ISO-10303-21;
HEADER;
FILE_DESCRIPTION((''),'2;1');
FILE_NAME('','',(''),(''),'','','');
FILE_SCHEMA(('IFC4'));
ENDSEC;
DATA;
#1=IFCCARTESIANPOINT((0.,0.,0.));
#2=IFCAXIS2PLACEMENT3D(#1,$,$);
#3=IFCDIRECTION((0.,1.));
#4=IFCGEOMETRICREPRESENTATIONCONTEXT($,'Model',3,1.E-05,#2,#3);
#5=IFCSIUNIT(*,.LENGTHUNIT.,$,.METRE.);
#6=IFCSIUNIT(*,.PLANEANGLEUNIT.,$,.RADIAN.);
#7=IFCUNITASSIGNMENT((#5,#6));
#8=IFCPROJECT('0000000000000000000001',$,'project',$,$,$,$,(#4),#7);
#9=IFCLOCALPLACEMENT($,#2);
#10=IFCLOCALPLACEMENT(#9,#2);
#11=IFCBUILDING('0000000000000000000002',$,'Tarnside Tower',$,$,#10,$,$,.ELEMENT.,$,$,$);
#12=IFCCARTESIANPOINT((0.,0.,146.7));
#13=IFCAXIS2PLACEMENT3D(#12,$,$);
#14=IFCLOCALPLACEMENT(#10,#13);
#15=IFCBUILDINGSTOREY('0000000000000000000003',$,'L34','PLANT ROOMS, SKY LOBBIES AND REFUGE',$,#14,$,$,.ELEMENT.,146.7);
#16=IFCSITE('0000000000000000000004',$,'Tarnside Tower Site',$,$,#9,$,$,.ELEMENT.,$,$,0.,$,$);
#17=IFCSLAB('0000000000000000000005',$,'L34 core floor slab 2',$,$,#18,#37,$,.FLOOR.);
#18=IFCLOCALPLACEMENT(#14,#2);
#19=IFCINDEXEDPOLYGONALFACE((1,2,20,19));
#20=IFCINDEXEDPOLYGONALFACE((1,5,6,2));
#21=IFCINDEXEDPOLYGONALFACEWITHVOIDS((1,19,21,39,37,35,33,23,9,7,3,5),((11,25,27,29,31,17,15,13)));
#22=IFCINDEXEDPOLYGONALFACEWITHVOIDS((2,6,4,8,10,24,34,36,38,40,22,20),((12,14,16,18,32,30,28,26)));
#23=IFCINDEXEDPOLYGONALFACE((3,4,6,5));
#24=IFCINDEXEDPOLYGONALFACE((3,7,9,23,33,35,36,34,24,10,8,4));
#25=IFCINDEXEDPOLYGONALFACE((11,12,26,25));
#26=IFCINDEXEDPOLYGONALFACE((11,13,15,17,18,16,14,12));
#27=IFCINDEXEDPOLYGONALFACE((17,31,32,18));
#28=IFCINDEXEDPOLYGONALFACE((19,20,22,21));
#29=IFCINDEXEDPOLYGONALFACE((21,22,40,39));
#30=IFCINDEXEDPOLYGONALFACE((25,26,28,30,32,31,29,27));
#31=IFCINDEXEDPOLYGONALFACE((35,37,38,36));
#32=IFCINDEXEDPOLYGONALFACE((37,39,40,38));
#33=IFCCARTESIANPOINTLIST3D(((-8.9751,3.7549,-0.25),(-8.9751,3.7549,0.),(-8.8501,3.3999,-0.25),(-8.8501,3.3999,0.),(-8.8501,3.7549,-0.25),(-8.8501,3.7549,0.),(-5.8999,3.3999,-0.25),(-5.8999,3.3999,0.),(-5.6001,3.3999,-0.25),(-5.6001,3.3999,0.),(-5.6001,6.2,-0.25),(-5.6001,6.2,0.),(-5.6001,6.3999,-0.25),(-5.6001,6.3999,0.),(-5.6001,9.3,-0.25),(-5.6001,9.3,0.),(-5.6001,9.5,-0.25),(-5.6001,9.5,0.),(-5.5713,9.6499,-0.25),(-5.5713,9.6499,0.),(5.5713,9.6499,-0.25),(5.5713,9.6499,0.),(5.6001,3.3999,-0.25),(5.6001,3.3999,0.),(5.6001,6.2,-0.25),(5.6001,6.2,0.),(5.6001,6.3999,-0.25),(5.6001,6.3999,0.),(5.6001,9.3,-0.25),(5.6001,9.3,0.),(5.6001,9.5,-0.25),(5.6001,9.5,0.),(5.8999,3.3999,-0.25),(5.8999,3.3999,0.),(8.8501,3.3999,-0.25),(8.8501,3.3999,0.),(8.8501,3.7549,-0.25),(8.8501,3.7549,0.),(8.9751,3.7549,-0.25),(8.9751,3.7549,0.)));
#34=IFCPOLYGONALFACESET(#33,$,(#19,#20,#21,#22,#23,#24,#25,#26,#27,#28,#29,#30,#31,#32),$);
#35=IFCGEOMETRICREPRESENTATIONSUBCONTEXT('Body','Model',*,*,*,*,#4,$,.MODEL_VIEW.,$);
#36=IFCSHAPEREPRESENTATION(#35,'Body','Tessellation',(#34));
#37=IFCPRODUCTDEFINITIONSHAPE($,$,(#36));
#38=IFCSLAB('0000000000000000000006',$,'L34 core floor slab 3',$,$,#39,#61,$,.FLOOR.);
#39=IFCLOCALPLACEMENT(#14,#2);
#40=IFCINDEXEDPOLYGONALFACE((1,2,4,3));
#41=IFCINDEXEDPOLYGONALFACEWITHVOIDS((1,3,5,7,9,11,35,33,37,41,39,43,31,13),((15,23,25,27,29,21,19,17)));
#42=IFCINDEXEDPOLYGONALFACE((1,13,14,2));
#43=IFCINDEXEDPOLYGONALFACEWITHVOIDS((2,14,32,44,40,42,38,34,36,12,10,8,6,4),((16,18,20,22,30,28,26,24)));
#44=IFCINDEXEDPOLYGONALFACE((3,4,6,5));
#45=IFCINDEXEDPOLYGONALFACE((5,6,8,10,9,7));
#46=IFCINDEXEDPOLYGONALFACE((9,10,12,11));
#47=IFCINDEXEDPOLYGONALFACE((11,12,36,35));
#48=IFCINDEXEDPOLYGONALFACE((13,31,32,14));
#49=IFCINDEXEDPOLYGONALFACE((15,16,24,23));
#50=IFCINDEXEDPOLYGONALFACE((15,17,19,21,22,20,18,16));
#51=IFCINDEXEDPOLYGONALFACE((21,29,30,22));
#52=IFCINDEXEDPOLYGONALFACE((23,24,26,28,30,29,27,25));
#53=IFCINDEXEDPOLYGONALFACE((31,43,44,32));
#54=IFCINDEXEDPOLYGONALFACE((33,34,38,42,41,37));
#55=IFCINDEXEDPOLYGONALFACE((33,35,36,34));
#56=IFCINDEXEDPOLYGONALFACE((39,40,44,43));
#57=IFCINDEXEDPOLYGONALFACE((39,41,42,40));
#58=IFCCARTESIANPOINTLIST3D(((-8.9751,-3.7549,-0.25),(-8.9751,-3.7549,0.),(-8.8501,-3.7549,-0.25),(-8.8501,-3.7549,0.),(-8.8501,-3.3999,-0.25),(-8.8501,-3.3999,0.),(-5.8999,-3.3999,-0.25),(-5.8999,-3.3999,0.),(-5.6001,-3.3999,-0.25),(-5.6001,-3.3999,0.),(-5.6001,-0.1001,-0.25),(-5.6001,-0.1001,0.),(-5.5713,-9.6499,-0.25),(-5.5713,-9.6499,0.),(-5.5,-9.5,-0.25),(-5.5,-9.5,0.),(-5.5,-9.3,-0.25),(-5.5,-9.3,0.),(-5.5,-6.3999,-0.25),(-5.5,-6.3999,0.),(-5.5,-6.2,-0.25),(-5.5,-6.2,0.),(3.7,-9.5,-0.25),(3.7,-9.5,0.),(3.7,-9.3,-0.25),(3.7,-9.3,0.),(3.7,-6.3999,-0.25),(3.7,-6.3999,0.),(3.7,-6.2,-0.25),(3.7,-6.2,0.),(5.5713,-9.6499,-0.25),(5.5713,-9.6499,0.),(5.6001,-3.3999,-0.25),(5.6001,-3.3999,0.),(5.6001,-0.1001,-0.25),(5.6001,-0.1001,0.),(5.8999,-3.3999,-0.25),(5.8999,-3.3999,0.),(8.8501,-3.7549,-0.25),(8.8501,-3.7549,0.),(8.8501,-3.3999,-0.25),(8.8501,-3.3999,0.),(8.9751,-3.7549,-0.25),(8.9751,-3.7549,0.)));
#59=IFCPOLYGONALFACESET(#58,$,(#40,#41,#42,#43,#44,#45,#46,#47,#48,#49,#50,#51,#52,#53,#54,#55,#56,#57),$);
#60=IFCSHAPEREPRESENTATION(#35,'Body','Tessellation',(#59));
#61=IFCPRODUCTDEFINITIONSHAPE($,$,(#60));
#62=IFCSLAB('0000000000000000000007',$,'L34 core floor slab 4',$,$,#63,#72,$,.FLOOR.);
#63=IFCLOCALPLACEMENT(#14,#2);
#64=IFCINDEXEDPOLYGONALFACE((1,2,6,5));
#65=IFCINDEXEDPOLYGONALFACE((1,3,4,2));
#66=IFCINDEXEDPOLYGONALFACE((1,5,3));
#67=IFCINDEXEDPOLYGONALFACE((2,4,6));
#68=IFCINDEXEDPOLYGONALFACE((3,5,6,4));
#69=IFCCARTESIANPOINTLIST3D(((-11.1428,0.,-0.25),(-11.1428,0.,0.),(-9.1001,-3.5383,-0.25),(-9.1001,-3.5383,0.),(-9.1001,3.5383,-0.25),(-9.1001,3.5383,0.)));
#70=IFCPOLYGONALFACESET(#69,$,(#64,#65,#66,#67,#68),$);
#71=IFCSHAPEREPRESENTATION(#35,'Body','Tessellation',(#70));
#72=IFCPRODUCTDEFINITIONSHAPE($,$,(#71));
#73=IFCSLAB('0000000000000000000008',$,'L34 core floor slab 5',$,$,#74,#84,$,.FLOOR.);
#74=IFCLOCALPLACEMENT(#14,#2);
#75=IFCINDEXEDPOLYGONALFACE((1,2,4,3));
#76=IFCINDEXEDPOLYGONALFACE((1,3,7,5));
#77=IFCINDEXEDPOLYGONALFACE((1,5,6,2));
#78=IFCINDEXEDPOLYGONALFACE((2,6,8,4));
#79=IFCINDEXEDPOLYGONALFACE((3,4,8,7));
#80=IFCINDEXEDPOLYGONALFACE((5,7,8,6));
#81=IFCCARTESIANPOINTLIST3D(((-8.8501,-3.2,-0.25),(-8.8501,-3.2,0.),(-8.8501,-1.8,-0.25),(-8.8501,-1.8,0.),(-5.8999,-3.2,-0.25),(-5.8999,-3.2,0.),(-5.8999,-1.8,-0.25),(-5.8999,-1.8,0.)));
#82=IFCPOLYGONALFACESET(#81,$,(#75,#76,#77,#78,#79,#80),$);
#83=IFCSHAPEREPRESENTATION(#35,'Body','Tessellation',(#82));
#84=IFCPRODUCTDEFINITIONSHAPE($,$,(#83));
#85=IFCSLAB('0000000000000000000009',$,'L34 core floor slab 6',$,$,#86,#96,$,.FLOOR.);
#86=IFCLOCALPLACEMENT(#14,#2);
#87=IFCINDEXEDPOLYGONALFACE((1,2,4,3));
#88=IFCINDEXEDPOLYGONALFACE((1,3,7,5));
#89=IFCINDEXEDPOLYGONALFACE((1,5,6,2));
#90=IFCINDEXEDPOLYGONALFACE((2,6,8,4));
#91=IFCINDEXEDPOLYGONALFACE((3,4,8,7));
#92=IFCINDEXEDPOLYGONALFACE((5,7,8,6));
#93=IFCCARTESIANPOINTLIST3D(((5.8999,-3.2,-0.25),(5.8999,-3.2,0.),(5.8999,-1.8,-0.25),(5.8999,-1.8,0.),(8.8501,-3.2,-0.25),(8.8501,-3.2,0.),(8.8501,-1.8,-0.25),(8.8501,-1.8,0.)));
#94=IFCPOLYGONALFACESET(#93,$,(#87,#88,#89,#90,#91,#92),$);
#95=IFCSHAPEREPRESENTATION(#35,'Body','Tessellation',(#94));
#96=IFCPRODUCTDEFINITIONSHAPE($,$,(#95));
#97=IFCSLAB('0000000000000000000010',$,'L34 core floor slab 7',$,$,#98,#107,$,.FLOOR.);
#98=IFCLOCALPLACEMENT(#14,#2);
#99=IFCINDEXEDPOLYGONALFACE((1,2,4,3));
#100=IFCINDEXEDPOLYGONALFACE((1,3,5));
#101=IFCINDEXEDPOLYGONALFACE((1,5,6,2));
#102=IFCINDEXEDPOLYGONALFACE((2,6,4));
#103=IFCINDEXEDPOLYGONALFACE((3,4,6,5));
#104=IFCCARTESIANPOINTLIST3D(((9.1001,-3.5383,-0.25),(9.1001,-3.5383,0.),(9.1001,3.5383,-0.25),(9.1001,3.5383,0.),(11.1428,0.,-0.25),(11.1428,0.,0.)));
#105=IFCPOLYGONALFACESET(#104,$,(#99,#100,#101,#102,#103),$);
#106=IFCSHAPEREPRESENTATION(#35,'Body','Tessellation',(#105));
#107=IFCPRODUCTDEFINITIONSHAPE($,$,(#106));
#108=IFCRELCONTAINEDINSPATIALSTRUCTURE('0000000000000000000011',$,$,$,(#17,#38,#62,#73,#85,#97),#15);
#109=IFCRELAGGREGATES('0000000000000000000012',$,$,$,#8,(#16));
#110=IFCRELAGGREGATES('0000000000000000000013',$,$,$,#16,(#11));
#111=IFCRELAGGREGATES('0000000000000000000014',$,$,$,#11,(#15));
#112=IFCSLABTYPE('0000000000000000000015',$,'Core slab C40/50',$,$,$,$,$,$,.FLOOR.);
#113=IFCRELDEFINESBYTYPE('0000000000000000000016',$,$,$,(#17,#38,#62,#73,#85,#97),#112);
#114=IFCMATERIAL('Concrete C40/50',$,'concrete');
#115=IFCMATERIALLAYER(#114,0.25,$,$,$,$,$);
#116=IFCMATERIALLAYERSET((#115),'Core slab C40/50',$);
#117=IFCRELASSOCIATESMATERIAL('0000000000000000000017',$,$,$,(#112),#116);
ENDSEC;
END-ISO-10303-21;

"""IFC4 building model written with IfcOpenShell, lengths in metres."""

from ifc_helpers import new_model, si_unit, direction, frame, origin, place, context, subcontext, project, spatial, polyline, outline, extrude, material, layer, layer_set, type_object, element, save


model = new_model("IFC4")

# Units and contexts
model_context = context("Model", 3, precision=1e-05, world=origin(), true_north=direction((0.0, 1.0)))
body_context = subcontext(model_context, "Body", "Model", "MODEL_VIEW")
ifc_project = project(units=[si_unit("LENGTHUNIT", "METRE"), si_unit("PLANEANGLEUNIT", "RADIAN")], contexts=[model_context])

# Site, building, storey
site_placement = place(None, origin())
site = spatial("IfcSite", under=ifc_project, at=site_placement, Name="Tarnside Tower Site", CompositionType="ELEMENT", RefElevation=0.0)
building_placement = place(site_placement, origin())
building = spatial("IfcBuilding", under=site, at=building_placement, Name="Tarnside Tower", CompositionType="ELEMENT")
storey_placement = place(building_placement, frame((0.0, 0.0, 146.7)))
storey = spatial("IfcBuildingStorey", under=building, at=storey_placement, Name="L34", Description="PLANT ROOMS, SKY LOBBIES AND REFUGE", CompositionType="ELEMENT", Elevation=146.7)

# Slabs
ifc_material_1 = material(Name="Concrete C40/50", Category="concrete")
ifc_layer_1 = layer(ifc_material_1, 0.25)
ifc_layer_set_1 = layer_set([ifc_layer_1], Name="Core slab C40/50")
slab_type_1 = type_object("IfcSlabType", Name="Core slab C40/50", PredefinedType="FLOOR", material=ifc_layer_set_1)
slab_1_placement = place(storey_placement, frame((0.0, 0.0, -0.25)))
element("IfcSlab", 1, at=slab_1_placement, inside=storey, type_object=slab_type_1, Name="L34 core floor slab 2", PredefinedType="FLOOR", context=body_context, shape_type="SweptSolid", body=[
    extrude(outline(polyline([(-8.9751, 3.7549), (-5.5713, 9.6499), (5.5713, 9.6499), (8.9751, 3.7549), (8.8501, 3.7549), (8.8501, 3.3999), (5.8999, 3.3999), (5.6001, 3.3999), (5.6001, 3.3999), (-5.6001, 3.3999), (-5.8999, 3.3999), (-8.8501, 3.3999), (-8.8501, 3.7549), (-8.9751, 3.7549)]), holes=[polyline([(-5.6001, 6.2), (5.6001, 6.2), (5.6001, 6.3999), (5.6001, 9.3), (5.6001, 9.5), (-5.6001, 9.5), (-5.6001, 9.3), (-5.6001, 6.3999), (-5.6001, 6.2)])]), origin(), (0.0, 0.0, 1.0), 0.25),
])
slab_2_placement = place(storey_placement, frame((0.0, 0.0, -0.25)))
element("IfcSlab", 2, at=slab_2_placement, inside=storey, type_object=slab_type_1, Name="L34 core floor slab 3", PredefinedType="FLOOR", context=body_context, shape_type="SweptSolid", body=[
    extrude(outline(polyline([(5.6001, -3.3999), (5.8999, -3.3999), (8.8501, -3.3999), (8.8501, -3.7549), (8.9751, -3.7549), (5.5713, -9.6499), (-5.5713, -9.6499), (-8.9751, -3.7549), (-8.8501, -3.7549), (-8.8501, -3.3999), (-5.8999, -3.3999), (-5.6001, -3.3999), (-5.6001, -0.1001), (5.6001, -0.1001), (5.6001, -3.3999)]), holes=[polyline([(-5.5, -9.3), (-5.5, -9.5), (3.7, -9.5), (3.7, -9.3), (3.7, -6.3999), (3.7, -6.2), (-5.5, -6.2), (-5.5, -6.3999), (-5.5, -9.3)])]), origin(), (0.0, 0.0, 1.0), 0.25),
])
slab_3_placement = place(storey_placement, frame((0.0, 0.0, -0.25)))
element("IfcSlab", 3, at=slab_3_placement, inside=storey, type_object=slab_type_1, Name="L34 core floor slab 4", PredefinedType="FLOOR", context=body_context, shape_type="SweptSolid", body=[
    extrude(outline(polyline([(-11.1428, 0.0), (-9.1001, 3.5383), (-9.1001, -3.5383), (-11.1428, 0.0)])), origin(), (0.0, 0.0, 1.0), 0.25),
])
slab_4_placement = place(storey_placement, frame((0.0, 0.0, -0.25)))
element("IfcSlab", 4, at=slab_4_placement, inside=storey, type_object=slab_type_1, Name="L34 core floor slab 5", PredefinedType="FLOOR", context=body_context, shape_type="SweptSolid", body=[
    extrude(outline(polyline([(-8.8501, -1.8), (-5.8999, -1.8), (-5.8999, -3.2), (-8.8501, -3.2), (-8.8501, -1.8)])), origin(), (0.0, 0.0, 1.0), 0.25),
])
slab_5_placement = place(storey_placement, frame((0.0, 0.0, -0.25)))
element("IfcSlab", 5, at=slab_5_placement, inside=storey, type_object=slab_type_1, Name="L34 core floor slab 6", PredefinedType="FLOOR", context=body_context, shape_type="SweptSolid", body=[
    extrude(outline(polyline([(5.8999, -3.2), (5.8999, -1.8), (8.8501, -1.8), (8.8501, -3.2), (5.8999, -3.2)])), origin(), (0.0, 0.0, 1.0), 0.25),
])
slab_6_placement = place(storey_placement, frame((0.0, 0.0, -0.25)))
element("IfcSlab", 6, at=slab_6_placement, inside=storey, type_object=slab_type_1, Name="L34 core floor slab 7", PredefinedType="FLOOR", context=body_context, shape_type="SweptSolid", body=[
    extrude(outline(polyline([(9.1001, -3.5383), (9.1001, 3.5383), (11.1428, 0.0), (9.1001, -3.5383)])), origin(), (0.0, 0.0, 1.0), 0.25),
])

save(model, "model.ifc")
